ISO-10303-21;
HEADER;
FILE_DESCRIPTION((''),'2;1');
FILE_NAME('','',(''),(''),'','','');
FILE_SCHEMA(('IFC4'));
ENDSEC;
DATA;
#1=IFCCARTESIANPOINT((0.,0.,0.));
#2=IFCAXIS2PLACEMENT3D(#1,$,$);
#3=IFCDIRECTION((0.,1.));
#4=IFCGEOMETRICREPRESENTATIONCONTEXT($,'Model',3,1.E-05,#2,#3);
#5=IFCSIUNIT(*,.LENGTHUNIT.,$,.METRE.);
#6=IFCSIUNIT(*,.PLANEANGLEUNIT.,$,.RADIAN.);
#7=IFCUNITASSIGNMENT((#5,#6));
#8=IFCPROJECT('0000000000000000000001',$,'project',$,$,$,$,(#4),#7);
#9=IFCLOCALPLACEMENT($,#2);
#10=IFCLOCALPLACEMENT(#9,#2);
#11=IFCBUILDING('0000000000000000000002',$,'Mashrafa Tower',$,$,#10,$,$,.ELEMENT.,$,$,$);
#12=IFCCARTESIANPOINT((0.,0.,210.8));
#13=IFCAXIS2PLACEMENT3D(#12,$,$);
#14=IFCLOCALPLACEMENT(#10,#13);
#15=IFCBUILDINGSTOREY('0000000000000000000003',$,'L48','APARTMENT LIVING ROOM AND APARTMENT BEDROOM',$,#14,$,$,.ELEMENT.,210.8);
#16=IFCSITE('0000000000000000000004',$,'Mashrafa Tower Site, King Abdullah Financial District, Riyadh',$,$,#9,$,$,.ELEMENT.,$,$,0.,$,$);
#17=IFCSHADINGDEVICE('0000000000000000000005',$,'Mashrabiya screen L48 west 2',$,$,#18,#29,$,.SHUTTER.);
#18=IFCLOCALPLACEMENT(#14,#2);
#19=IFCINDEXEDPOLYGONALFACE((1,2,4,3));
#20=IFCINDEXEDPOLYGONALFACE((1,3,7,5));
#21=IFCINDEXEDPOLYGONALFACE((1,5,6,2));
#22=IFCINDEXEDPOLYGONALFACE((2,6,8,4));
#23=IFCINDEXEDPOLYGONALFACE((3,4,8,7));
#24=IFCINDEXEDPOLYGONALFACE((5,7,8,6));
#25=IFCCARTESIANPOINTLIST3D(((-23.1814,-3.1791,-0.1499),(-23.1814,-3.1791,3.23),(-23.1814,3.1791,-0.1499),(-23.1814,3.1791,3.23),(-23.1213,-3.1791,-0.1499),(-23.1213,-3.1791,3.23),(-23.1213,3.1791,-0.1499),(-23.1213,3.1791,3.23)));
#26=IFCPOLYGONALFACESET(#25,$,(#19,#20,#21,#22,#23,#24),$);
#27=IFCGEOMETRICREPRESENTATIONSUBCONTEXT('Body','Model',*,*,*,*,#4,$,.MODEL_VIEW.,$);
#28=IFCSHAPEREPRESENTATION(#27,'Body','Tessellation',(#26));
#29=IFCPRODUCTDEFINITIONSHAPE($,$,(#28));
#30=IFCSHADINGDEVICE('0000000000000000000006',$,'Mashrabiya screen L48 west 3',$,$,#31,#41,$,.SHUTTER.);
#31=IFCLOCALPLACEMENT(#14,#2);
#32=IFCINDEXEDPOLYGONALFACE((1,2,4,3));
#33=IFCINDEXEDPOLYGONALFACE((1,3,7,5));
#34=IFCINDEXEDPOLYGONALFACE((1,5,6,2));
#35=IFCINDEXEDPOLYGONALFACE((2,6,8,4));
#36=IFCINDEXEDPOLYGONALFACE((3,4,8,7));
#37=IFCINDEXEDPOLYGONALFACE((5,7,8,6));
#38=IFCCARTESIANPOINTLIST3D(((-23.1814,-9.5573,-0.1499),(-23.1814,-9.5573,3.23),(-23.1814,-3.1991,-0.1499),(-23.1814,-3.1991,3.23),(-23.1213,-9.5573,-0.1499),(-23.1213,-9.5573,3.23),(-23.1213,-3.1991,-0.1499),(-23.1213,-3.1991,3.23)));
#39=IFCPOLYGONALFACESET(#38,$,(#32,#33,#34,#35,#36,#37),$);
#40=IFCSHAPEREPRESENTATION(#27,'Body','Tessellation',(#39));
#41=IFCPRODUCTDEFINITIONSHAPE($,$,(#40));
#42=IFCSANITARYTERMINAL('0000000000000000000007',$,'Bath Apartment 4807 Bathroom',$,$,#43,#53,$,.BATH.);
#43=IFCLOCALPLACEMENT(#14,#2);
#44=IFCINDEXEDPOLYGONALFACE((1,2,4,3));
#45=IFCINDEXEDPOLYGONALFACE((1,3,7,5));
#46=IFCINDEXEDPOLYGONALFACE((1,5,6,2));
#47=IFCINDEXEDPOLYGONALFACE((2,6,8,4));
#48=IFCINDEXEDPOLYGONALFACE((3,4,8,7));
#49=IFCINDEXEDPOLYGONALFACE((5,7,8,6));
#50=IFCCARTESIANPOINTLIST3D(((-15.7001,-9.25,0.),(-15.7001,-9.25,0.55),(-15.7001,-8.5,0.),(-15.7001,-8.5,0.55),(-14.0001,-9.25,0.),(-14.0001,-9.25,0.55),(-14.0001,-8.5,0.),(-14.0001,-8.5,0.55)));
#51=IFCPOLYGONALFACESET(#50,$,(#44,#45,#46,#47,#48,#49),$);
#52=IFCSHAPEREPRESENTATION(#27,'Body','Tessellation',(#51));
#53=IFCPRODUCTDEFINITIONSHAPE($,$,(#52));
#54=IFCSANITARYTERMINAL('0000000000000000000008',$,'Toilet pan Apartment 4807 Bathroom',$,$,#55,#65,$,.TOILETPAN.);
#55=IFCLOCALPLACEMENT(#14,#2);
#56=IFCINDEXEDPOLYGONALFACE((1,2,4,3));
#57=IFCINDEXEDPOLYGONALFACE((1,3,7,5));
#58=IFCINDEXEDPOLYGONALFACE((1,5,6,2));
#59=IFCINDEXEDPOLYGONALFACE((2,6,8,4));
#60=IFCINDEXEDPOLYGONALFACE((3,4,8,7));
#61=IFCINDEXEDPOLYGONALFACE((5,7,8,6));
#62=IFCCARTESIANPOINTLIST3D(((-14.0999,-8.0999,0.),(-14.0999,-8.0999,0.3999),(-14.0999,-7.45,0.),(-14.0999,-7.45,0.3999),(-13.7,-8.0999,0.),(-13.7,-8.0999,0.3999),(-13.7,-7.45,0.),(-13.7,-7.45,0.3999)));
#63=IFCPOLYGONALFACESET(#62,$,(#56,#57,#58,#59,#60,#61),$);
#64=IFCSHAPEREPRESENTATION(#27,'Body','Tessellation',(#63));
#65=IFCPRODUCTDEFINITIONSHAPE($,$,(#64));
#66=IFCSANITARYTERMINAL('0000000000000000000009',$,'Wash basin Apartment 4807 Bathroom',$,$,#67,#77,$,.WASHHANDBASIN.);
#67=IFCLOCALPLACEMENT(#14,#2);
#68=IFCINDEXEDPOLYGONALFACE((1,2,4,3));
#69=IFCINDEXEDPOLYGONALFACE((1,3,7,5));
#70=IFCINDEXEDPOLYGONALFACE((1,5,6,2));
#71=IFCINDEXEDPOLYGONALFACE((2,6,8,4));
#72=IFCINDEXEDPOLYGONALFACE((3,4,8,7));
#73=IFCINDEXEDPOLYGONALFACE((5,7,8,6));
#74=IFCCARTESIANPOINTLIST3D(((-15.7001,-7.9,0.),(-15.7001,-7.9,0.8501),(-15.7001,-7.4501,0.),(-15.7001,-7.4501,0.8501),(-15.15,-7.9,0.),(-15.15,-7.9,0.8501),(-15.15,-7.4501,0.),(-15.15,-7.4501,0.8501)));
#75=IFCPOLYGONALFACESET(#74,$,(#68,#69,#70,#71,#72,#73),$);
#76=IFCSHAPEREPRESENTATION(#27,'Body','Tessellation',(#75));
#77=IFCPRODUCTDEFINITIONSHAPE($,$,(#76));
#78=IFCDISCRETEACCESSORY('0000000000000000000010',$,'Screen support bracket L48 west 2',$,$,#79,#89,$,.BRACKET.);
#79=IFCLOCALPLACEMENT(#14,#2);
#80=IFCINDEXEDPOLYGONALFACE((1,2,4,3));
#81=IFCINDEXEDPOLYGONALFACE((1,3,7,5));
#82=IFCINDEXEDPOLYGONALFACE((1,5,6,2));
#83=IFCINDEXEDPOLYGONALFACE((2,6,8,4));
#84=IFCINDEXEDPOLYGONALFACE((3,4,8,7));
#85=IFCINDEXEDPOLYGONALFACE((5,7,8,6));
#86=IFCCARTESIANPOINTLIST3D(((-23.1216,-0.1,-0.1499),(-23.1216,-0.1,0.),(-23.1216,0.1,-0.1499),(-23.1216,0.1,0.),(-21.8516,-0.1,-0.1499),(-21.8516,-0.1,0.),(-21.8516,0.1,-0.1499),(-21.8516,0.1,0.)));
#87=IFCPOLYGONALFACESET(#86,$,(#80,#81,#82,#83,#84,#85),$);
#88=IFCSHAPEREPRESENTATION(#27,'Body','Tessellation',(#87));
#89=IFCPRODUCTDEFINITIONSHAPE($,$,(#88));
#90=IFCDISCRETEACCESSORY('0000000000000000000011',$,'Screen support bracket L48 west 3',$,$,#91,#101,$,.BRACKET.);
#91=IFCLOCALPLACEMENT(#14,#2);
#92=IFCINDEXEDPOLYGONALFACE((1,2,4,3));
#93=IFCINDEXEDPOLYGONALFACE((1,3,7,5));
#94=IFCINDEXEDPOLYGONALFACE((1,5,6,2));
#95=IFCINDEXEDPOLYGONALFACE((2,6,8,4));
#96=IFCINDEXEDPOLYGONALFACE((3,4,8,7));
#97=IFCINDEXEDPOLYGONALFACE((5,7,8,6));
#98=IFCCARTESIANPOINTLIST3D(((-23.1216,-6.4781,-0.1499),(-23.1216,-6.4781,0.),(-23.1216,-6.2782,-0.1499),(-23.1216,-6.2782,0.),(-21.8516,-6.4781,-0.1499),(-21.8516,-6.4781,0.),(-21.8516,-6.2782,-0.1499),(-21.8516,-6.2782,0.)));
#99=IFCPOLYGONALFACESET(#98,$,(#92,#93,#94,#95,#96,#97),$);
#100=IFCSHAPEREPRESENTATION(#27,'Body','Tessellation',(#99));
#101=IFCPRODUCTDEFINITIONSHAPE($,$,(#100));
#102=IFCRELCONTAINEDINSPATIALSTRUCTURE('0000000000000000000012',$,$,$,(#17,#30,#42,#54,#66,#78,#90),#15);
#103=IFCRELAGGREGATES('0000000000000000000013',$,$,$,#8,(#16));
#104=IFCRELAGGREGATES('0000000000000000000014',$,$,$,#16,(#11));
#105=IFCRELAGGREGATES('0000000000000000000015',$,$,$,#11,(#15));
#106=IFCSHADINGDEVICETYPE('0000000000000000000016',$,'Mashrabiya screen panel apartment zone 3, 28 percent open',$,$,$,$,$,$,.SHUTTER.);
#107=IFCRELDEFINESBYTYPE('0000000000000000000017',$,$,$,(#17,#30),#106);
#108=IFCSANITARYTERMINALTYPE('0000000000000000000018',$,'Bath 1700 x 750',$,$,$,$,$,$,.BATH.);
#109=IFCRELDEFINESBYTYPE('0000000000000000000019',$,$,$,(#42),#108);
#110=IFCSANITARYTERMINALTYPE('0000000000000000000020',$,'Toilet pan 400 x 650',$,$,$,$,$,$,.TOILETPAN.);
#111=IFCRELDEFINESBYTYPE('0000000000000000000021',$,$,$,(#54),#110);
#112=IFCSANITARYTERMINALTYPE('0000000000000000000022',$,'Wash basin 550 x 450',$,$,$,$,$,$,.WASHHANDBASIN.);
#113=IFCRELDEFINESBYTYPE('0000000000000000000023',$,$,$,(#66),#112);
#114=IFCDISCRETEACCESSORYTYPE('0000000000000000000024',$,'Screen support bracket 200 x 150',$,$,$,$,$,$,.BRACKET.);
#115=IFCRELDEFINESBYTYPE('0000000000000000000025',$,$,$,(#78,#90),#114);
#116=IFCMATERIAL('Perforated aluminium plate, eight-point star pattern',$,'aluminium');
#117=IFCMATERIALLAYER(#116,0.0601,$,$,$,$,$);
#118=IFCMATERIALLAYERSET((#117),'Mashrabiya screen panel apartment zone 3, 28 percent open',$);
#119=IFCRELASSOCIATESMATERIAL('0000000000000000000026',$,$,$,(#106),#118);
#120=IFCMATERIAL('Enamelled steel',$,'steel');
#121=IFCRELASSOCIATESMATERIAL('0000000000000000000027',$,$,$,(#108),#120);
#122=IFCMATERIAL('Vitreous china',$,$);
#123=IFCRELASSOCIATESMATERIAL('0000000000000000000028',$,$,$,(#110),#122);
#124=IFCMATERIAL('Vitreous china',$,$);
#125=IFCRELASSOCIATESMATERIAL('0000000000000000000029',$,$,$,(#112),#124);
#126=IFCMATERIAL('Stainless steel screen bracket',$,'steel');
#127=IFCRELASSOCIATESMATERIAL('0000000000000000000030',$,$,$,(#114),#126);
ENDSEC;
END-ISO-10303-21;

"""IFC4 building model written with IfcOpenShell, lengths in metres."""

from ifc_helpers import new_model, si_unit, direction, frame, origin, origin_2d, place, context, subcontext, project, spatial, rectangle, extrude, source, transform, mapped, material, layer, layer_set, type_object, type_shapes, element, save


model = new_model("IFC4")

# Units and contexts
model_context = context("Model", 3, precision=1e-05, world=origin(), true_north=direction((0.0, 1.0)))
body_context = subcontext(model_context, "Body", "Model", "MODEL_VIEW")
ifc_project = project(units=[si_unit("LENGTHUNIT", "METRE"), si_unit("PLANEANGLEUNIT", "RADIAN")], contexts=[model_context])

# Site, building, storey
site_placement = place(None, origin())
site = spatial("IfcSite", under=ifc_project, at=site_placement, Name="Mashrafa Tower Site, King Abdullah Financial District, Riyadh", CompositionType="ELEMENT", RefElevation=0.0)
building_placement = place(site_placement, origin())
building = spatial("IfcBuilding", under=site, at=building_placement, Name="Mashrafa Tower", CompositionType="ELEMENT")
storey_placement = place(building_placement, frame((0.0, 0.0, 210.8)))
storey = spatial("IfcBuildingStorey", under=building, at=storey_placement, Name="L48", Description="APARTMENT LIVING ROOM AND APARTMENT BEDROOM", CompositionType="ELEMENT", Elevation=210.8)

# Shading devices
ifc_material_1 = material(Name="Perforated aluminium plate, eight-point star pattern", Category="aluminium")
ifc_layer_1 = layer(ifc_material_1, 0.0601)
ifc_layer_set_1 = layer_set([ifc_layer_1], Name="Mashrabiya screen panel apartment zone 3, 28 percent open")
shading_device_type = type_object("IfcShadingDeviceType", Name="Mashrabiya screen panel apartment zone 3, 28 percent open", PredefinedType="SHUTTER", material=ifc_layer_set_1)
shared_shape_1 = source(origin(), body_context, "Body", "SweptSolid", [
    extrude(rectangle(XDim=6.3582, YDim=0.0601, at=origin_2d()), origin(), (0.0, 0.0, 1.0), 3.3799),
])
type_shapes(shading_device_type, [shared_shape_1])
for number, where, z_axis, x_axis, name in (
    (1, (-23.1514, 0.0, -0.1499), (0.0, 0.0, 1.0), (0.0, -1.0, 0.0), "Mashrabiya screen L48 west 2"),
    (2, (-23.1514, -6.3782, -0.1499), (0.0, 0.0, 1.0), (0.0, -1.0, 0.0), "Mashrabiya screen L48 west 3"),
):
    element("IfcShadingDevice", number, at=place(storey_placement, frame(where, z_axis=z_axis, x_axis=x_axis)), inside=storey, type_object=shading_device_type, Name=name, PredefinedType="SHUTTER", context=body_context, shape_type="MappedRepresentation", body=[
        mapped(shared_shape_1, transform((0.0, 0.0, 0.0))),
    ])

# Sanitary terminals
ifc_material_2 = material(Name="Enamelled steel", Category="steel")
sanitary_terminal_type_1 = type_object("IfcSanitaryTerminalType", Name="Bath 1700 x 750", PredefinedType="BATH", material=ifc_material_2)
sanitary_terminal_1_placement = place(storey_placement, frame((-14.8501, -8.875, 0.0), z_axis=(0.0, 0.0, 1.0), x_axis=(1.0, 0.0, 0.0)))
element("IfcSanitaryTerminal", 3, at=sanitary_terminal_1_placement, inside=storey, type_object=sanitary_terminal_type_1, Name="Bath Apartment 4807 Bathroom", PredefinedType="BATH", context=body_context, shape_type="SweptSolid", body=[
    extrude(rectangle(XDim=1.7, YDim=0.75, at=origin_2d()), origin(), (0.0, 0.0, 1.0), 0.55),
])
ifc_material_3 = material(Name="Vitreous china")
sanitary_terminal_type_2 = type_object("IfcSanitaryTerminalType", Name="Toilet pan 400 x 650", PredefinedType="TOILETPAN", material=ifc_material_3)
sanitary_terminal_2_placement = place(storey_placement, frame((-13.8999, -7.7749, 0.0), z_axis=(0.0, 0.0, 1.0), x_axis=(-1.0, 0.0, 0.0)))
element("IfcSanitaryTerminal", 4, at=sanitary_terminal_2_placement, inside=storey, type_object=sanitary_terminal_type_2, Name="Toilet pan Apartment 4807 Bathroom", PredefinedType="TOILETPAN", context=body_context, shape_type="SweptSolid", body=[
    extrude(rectangle(XDim=0.3999, YDim=0.6499, at=origin_2d()), origin(), (0.0, 0.0, 1.0), 0.3999),
])
ifc_material_4 = material(Name="Vitreous china")
sanitary_terminal_type_3 = type_object("IfcSanitaryTerminalType", Name="Wash basin 550 x 450", PredefinedType="WASHHANDBASIN", material=ifc_material_4)
sanitary_terminal_3_placement = place(storey_placement, frame((-15.425, -7.675, 0.0), z_axis=(0.0, 0.0, 1.0), x_axis=(-1.0, 0.0, 0.0)))
element("IfcSanitaryTerminal", 5, at=sanitary_terminal_3_placement, inside=storey, type_object=sanitary_terminal_type_3, Name="Wash basin Apartment 4807 Bathroom", PredefinedType="WASHHANDBASIN", context=body_context, shape_type="SweptSolid", body=[
    extrude(rectangle(XDim=0.55, YDim=0.45, at=origin_2d()), origin(), (0.0, 0.0, 1.0), 0.8501),
])

# Discrete accessories
ifc_material_5 = material(Name="Stainless steel screen bracket", Category="steel")
discrete_accessory_type = type_object("IfcDiscreteAccessoryType", Name="Screen support bracket 200 x 150", PredefinedType="BRACKET", material=ifc_material_5)
shared_shape_2 = source(origin(), body_context, "Body", "SweptSolid", [
    extrude(rectangle(XDim=0.2, YDim=1.27, at=origin_2d()), origin(), (0.0, 0.0, 1.0), 0.1499),
])
type_shapes(discrete_accessory_type, [shared_shape_2])
for number, where, z_axis, x_axis, name in (
    (6, (-22.4866, 0.0, -0.1499), (0.0, 0.0, 1.0), (0.0, -1.0, 0.0), "Screen support bracket L48 west 2"),
    (7, (-22.4866, -6.3782, -0.1499), (0.0, 0.0, 1.0), (0.0, -1.0, 0.0), "Screen support bracket L48 west 3"),
):
    element("IfcDiscreteAccessory", number, at=place(storey_placement, frame(where, z_axis=z_axis, x_axis=x_axis)), inside=storey, type_object=discrete_accessory_type, Name=name, PredefinedType="BRACKET", context=body_context, shape_type="MappedRepresentation", body=[
        mapped(shared_shape_2, transform((0.0, 0.0, 0.0))),
    ])

save(model, "model.ifc")
